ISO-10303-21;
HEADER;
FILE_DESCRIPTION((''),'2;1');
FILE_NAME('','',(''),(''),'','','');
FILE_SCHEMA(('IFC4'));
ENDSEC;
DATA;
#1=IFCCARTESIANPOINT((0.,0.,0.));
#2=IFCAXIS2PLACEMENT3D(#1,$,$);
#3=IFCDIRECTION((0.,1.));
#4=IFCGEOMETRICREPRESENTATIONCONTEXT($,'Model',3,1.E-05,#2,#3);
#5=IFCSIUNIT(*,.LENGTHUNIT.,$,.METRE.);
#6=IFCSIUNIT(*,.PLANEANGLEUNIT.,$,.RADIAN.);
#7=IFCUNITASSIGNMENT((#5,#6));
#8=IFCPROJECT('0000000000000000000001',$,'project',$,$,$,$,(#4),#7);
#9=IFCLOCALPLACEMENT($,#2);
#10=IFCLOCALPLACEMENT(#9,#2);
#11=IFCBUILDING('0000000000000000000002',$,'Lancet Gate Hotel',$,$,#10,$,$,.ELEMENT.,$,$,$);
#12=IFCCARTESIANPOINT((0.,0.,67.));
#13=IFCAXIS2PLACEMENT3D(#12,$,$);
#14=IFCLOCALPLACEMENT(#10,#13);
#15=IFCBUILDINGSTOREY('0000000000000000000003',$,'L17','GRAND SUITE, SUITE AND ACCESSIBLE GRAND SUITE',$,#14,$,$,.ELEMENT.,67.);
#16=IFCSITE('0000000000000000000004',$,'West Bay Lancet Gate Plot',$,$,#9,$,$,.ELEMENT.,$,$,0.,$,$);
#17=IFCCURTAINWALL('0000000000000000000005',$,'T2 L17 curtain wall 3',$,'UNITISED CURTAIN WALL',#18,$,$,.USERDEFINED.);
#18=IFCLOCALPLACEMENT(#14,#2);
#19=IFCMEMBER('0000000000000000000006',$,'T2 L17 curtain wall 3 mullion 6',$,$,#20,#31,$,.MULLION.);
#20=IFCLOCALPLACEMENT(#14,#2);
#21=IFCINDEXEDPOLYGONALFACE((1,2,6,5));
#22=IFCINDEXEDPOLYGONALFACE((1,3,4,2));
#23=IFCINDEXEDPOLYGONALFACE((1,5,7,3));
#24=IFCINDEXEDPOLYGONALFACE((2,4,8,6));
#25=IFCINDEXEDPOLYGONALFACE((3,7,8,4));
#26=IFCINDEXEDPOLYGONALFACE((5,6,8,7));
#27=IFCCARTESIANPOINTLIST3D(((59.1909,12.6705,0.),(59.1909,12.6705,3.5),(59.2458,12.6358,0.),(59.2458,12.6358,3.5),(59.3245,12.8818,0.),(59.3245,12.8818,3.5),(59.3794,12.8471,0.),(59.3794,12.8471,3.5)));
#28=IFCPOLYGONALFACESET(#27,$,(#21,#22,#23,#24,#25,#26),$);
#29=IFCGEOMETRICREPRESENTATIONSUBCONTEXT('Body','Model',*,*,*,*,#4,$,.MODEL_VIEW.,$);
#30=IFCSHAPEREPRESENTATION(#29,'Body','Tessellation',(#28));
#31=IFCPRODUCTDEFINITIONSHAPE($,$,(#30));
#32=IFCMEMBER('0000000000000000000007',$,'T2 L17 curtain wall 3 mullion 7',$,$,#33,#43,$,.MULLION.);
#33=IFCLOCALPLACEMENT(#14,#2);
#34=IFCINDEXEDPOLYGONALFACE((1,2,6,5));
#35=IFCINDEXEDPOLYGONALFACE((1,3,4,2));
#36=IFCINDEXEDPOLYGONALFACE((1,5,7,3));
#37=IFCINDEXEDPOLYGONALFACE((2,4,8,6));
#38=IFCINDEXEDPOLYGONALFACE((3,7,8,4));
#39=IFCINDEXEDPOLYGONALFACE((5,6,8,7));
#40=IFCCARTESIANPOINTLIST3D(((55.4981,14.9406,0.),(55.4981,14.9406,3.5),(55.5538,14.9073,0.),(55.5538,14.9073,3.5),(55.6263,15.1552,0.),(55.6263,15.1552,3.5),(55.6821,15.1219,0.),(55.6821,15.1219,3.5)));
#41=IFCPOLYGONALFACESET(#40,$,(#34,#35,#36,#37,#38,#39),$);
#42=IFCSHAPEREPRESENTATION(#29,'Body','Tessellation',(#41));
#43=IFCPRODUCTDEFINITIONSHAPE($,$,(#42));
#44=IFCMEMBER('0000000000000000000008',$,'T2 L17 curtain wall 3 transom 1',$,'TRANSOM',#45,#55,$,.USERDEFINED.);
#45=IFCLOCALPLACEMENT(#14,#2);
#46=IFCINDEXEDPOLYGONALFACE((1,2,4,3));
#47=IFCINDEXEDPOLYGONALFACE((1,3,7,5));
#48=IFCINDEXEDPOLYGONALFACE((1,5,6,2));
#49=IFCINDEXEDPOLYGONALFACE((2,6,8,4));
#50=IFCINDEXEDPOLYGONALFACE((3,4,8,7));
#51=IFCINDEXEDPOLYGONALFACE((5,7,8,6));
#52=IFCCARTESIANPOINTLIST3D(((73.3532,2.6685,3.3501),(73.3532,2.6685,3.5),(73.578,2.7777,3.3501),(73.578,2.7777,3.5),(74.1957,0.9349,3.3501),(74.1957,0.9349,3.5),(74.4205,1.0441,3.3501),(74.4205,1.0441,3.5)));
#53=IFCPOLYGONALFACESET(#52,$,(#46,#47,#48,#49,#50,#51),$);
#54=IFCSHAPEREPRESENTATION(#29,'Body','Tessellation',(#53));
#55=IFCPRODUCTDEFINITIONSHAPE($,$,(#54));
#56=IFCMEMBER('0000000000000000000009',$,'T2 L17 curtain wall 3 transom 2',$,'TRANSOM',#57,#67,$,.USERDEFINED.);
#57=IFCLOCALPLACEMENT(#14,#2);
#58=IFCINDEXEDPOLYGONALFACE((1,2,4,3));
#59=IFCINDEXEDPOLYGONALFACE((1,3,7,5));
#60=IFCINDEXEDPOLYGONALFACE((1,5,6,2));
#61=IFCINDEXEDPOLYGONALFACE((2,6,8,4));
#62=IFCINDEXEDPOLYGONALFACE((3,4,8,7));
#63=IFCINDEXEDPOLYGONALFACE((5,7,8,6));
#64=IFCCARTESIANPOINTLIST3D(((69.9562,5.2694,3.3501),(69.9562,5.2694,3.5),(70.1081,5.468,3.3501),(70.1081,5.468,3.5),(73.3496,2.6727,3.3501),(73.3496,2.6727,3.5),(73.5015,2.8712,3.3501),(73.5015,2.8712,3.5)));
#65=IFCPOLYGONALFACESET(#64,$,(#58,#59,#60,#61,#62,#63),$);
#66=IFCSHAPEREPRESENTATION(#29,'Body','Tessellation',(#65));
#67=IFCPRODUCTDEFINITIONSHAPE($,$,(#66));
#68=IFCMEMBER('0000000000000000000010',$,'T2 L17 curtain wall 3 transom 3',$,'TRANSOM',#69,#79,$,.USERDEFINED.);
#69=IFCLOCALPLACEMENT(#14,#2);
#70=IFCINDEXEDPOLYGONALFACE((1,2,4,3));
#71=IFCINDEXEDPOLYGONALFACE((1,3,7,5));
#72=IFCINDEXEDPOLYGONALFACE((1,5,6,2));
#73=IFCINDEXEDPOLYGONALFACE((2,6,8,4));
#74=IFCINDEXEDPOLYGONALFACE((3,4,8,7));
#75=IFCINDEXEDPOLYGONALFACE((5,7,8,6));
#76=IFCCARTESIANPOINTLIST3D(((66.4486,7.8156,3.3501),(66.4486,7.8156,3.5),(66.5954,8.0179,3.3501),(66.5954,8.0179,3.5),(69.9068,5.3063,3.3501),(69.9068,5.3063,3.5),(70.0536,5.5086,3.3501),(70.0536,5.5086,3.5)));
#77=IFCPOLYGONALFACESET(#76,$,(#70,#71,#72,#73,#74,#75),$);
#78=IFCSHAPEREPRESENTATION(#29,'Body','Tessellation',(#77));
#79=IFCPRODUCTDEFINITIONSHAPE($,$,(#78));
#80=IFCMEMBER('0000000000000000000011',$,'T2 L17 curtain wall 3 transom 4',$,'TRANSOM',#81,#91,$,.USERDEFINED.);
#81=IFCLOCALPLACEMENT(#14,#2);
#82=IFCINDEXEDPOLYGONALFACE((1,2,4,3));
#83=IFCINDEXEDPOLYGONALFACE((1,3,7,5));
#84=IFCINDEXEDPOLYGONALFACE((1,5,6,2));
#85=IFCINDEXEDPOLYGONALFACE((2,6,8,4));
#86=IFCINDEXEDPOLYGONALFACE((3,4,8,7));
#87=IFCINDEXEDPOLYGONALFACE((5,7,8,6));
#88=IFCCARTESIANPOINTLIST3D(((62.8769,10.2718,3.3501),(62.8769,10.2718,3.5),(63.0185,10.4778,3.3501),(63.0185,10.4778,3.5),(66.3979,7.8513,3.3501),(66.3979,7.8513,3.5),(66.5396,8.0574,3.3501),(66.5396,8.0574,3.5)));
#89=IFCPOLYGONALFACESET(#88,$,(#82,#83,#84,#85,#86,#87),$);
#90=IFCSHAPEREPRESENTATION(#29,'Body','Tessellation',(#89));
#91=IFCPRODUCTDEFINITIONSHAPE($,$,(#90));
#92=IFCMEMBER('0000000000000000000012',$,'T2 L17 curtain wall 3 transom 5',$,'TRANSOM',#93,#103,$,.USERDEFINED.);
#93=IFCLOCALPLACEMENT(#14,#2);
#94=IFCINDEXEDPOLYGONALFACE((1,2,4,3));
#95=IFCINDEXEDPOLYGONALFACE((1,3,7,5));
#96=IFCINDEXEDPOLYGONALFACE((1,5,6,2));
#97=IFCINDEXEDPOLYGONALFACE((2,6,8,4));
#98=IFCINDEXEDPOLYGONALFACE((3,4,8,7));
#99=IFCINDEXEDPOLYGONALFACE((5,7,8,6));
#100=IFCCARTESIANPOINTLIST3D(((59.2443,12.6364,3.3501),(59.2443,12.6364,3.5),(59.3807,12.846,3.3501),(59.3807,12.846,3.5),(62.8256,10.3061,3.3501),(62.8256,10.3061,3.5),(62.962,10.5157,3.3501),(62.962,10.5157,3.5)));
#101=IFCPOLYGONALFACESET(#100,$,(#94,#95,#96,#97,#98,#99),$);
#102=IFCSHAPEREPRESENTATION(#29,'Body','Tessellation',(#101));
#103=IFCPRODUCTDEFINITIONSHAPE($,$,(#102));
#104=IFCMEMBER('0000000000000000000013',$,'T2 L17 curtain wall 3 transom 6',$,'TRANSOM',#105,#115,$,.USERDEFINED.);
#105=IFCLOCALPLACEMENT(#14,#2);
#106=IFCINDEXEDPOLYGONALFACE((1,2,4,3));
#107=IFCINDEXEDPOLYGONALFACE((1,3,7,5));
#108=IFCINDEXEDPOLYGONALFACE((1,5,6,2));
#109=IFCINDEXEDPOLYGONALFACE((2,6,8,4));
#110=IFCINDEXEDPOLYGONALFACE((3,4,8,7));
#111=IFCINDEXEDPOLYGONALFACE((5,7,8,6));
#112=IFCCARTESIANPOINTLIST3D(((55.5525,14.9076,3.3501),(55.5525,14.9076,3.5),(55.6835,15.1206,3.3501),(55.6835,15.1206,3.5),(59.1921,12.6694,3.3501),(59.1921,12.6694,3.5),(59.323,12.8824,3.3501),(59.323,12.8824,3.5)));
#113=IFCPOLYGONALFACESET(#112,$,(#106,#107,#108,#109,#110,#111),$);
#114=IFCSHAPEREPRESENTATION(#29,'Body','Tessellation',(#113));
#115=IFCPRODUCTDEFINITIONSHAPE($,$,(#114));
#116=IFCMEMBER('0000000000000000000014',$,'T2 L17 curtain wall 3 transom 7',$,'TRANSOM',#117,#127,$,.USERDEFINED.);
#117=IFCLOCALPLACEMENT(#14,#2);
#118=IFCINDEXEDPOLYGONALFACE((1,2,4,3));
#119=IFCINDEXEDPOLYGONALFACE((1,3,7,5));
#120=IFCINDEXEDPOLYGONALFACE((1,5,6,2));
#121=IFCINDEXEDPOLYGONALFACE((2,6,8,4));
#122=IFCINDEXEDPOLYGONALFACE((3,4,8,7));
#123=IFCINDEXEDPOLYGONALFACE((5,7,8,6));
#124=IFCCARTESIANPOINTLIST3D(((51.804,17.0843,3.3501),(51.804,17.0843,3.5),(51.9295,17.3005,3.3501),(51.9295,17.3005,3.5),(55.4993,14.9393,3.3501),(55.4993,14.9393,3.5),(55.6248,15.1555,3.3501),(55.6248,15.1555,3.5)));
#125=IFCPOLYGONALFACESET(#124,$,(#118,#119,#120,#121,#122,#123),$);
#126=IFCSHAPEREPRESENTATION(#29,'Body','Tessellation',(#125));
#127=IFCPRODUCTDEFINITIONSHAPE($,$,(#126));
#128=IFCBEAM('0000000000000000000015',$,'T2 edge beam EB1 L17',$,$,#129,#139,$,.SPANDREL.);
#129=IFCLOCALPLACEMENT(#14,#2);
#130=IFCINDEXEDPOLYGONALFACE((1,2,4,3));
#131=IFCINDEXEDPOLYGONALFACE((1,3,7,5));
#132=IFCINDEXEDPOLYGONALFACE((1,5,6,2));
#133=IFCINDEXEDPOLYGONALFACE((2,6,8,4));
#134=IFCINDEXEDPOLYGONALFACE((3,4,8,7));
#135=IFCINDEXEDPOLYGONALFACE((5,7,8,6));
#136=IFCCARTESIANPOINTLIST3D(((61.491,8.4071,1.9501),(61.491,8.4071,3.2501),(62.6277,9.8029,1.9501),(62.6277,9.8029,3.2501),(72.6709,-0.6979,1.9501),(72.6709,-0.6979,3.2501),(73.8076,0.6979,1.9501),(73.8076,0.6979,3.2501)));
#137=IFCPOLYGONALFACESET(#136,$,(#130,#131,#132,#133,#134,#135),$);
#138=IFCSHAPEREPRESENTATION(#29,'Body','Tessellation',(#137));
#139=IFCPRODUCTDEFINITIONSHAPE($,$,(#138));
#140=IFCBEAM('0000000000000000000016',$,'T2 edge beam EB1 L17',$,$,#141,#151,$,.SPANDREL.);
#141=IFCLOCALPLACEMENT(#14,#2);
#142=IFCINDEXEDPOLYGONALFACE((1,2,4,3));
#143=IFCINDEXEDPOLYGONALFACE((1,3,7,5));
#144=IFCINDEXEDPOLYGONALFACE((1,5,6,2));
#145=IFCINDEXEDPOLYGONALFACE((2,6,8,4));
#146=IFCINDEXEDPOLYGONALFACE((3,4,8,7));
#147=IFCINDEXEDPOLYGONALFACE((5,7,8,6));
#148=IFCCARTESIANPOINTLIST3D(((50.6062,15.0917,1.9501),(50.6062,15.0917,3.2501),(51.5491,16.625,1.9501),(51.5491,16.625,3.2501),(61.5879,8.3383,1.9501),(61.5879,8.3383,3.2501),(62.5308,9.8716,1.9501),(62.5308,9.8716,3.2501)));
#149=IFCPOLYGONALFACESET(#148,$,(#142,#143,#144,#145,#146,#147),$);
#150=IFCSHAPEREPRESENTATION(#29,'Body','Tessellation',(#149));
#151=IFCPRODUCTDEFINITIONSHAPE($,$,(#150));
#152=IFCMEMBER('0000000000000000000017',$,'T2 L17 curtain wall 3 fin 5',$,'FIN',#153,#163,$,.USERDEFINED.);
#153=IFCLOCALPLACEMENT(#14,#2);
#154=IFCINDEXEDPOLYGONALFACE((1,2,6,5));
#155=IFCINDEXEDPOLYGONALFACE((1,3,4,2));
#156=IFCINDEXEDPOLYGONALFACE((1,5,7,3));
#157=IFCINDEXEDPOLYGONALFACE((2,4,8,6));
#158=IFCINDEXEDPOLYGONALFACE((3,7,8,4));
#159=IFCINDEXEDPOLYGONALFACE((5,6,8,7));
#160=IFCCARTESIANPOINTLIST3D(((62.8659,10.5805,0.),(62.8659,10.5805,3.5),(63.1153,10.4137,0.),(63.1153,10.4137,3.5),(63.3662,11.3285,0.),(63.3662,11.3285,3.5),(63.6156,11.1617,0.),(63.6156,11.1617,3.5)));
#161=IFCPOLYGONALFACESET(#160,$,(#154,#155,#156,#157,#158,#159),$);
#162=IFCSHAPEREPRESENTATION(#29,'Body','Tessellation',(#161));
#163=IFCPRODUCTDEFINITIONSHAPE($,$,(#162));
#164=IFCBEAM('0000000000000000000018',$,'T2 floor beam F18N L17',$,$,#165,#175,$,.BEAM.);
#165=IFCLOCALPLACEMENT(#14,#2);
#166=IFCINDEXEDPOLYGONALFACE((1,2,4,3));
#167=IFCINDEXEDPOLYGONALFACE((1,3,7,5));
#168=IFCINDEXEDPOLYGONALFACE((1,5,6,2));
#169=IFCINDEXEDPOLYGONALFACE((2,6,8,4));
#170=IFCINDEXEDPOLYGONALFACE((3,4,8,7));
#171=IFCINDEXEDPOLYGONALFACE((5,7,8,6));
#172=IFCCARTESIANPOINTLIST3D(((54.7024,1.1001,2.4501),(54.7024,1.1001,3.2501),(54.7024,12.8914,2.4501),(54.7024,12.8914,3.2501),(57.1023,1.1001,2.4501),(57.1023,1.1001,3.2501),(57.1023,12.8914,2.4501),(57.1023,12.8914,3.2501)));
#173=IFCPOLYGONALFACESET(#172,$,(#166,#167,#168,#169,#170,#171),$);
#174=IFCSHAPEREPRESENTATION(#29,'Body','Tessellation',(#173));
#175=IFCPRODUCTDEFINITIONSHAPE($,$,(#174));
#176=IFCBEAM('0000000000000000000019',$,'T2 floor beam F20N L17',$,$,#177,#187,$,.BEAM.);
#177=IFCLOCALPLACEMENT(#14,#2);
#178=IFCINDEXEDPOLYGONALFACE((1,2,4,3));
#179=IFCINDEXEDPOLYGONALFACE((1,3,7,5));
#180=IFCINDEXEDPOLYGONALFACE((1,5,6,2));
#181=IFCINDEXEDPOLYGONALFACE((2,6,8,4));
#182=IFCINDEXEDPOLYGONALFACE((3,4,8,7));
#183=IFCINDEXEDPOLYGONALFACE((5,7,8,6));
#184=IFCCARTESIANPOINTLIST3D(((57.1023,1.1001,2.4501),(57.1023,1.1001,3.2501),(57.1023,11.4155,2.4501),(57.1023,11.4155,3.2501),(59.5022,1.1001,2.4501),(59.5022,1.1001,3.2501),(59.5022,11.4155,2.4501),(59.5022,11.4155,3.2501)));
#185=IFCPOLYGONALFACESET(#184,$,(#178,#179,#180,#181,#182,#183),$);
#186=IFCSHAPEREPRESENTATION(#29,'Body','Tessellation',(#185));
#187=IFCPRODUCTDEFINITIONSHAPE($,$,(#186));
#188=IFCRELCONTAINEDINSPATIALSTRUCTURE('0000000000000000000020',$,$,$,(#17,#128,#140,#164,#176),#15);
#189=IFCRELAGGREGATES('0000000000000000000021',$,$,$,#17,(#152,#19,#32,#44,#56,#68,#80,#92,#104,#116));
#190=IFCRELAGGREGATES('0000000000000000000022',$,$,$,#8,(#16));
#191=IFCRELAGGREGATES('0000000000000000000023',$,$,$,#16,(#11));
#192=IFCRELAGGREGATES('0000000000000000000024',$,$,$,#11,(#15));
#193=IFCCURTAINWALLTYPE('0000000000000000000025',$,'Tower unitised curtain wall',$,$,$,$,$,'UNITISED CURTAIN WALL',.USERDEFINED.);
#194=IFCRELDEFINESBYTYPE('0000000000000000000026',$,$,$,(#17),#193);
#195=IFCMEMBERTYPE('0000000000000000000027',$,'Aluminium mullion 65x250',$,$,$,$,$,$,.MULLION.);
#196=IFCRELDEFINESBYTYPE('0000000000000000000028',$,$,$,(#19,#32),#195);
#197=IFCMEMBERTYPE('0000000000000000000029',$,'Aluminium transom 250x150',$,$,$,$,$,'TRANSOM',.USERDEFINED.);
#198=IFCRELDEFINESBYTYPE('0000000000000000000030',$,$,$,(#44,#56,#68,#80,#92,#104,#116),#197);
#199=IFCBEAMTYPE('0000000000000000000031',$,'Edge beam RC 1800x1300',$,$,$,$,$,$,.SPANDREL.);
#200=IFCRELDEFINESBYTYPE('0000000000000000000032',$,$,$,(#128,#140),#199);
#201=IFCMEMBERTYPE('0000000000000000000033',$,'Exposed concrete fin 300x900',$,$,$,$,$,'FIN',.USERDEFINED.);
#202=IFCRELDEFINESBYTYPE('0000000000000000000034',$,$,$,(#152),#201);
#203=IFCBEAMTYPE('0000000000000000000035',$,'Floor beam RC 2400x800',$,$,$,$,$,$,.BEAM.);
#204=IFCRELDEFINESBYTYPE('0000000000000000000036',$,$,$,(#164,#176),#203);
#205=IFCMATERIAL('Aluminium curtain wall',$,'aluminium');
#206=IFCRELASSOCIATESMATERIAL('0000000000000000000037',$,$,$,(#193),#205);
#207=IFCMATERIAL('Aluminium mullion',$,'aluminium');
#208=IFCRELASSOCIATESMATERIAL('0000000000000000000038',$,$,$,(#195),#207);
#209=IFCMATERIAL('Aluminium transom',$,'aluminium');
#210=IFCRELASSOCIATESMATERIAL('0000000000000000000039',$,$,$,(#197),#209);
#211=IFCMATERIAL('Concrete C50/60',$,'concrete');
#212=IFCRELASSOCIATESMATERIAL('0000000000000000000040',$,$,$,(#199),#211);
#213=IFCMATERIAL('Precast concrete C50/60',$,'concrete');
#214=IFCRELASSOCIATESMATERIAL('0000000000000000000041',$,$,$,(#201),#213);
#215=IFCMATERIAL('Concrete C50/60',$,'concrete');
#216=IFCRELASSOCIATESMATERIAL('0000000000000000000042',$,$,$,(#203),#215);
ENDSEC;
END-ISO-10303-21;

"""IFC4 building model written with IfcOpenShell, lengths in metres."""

from ifc_helpers import new_model, si_unit, direction, frame, origin, origin_2d, place, context, subcontext, project, spatial, rectangle, extrude, material, material_profile, profile_set, type_object, element, aggregate, save


model = new_model("IFC4")

# Units and contexts
model_context = context("Model", 3, precision=1e-05, world=origin(), true_north=direction((0.0, 1.0)))
body_context = subcontext(model_context, "Body", "Model", "MODEL_VIEW")
ifc_project = project(units=[si_unit("LENGTHUNIT", "METRE"), si_unit("PLANEANGLEUNIT", "RADIAN")], contexts=[model_context])

# Site, building, storey
site_placement = place(None, origin())
site = spatial("IfcSite", under=ifc_project, at=site_placement, Name="West Bay Lancet Gate Plot", CompositionType="ELEMENT", RefElevation=0.0)
building_placement = place(site_placement, origin())
building = spatial("IfcBuilding", under=site, at=building_placement, Name="Lancet Gate Hotel", CompositionType="ELEMENT")
storey_placement = place(building_placement, frame((0.0, 0.0, 67.0)))
storey = spatial("IfcBuildingStorey", under=building, at=storey_placement, Name="L17", Description="GRAND SUITE, SUITE AND ACCESSIBLE GRAND SUITE", CompositionType="ELEMENT", Elevation=67.0)

# Curtain wall, members
ifc_material_1 = material(Name="Aluminium curtain wall", Category="aluminium")
curtain_wall_type = type_object("IfcCurtainWallType", Name="Tower unitised curtain wall", ElementType="UNITISED CURTAIN WALL", PredefinedType="USERDEFINED", material=ifc_material_1)
curtain_wall_placement = place(storey_placement, origin())
curtain_wall = element("IfcCurtainWall", 1, at=curtain_wall_placement, inside=storey, type_object=curtain_wall_type, Name="T2 L17 curtain wall 3", ObjectType="UNITISED CURTAIN WALL", PredefinedType="USERDEFINED")
ifc_material_2 = material(Name="Aluminium mullion", Category="aluminium")
ifc_material_profile_1 = material_profile(ifc_material_2, rectangle(XDim=0.0649, YDim=0.25, at=origin_2d()), Name="MULLION 65x250")
ifc_profile_set_1 = profile_set([ifc_material_profile_1], Name="Aluminium mullion")
member_type_1 = type_object("IfcMemberType", Name="Aluminium mullion 65x250", PredefinedType="MULLION", material=ifc_profile_set_1)
member_1_placement = place(storey_placement, frame((59.2852, 12.7588, 0.0), z_axis=(0.0, 0.0, 1.0), x_axis=(-0.845079, 0.534641, 0.0)))
member_1 = element("IfcMember", 2, at=member_1_placement, type_object=member_type_1, Name="T2 L17 curtain wall 3 mullion 6", PredefinedType="MULLION", context=body_context, shape_type="SweptSolid", body=[
    extrude(rectangle(XDim=0.0649, YDim=0.25, at=origin_2d()), origin(), (0.0, 0.0, 1.0), 3.5),
])
member_2_placement = place(storey_placement, frame((55.5901, 15.0312, 0.0), z_axis=(0.0, 0.0, 1.0), x_axis=(-0.858413, 0.512959, 0.0)))
member_2 = element("IfcMember", 3, at=member_2_placement, type_object=member_type_1, Name="T2 L17 curtain wall 3 mullion 7", PredefinedType="MULLION", context=body_context, shape_type="SweptSolid", body=[
    extrude(rectangle(XDim=0.0649, YDim=0.25, at=origin_2d()), origin(), (0.0, 0.0, 1.0), 3.5),
])
ifc_material_3 = material(Name="Aluminium transom", Category="aluminium")
ifc_material_profile_2 = material_profile(ifc_material_3, rectangle(XDim=0.25, YDim=0.1499, at=origin_2d()), Name="TRANSOM 250x150")
ifc_profile_set_2 = profile_set([ifc_material_profile_2], Name="Aluminium transom")
member_type_2 = type_object("IfcMemberType", Name="Aluminium transom 250x150", ElementType="TRANSOM", PredefinedType="USERDEFINED", material=ifc_profile_set_2)
member_3_placement = place(storey_placement, frame((74.3081, 0.9895, 3.425), z_axis=(-0.437103, 0.899411, 0.0), x_axis=(-0.899411, -0.437103, 0.0)))
member_3 = element("IfcMember", 4, at=member_3_placement, type_object=member_type_2, Name="T2 L17 curtain wall 3 transom 1", ObjectType="TRANSOM", PredefinedType="USERDEFINED", context=body_context, shape_type="SweptSolid", body=[
    extrude(rectangle(XDim=0.25, YDim=0.1499, at=origin_2d()), origin(), (0.0, 0.0, 1.0), 1.9275),
])
member_4_placement = place(storey_placement, frame((73.4255, 2.772, 3.425), z_axis=(-0.794155, 0.607715, 0.0), x_axis=(-0.607715, -0.794155, 0.0)))
member_4 = element("IfcMember", 5, at=member_4_placement, type_object=member_type_2, Name="T2 L17 curtain wall 3 transom 2", ObjectType="TRANSOM", PredefinedType="USERDEFINED", context=body_context, shape_type="SweptSolid", body=[
    extrude(rectangle(XDim=0.25, YDim=0.1499, at=origin_2d()), origin(), (0.0, 0.0, 1.0), 4.2729),
])
member_5_placement = place(storey_placement, frame((69.9802, 5.4075, 3.425), z_axis=(-0.809383, 0.587281, 0.0), x_axis=(-0.587281, -0.809383, 0.0)))
member_5 = element("IfcMember", 6, at=member_5_placement, type_object=member_type_2, Name="T2 L17 curtain wall 3 transom 3", ObjectType="TRANSOM", PredefinedType="USERDEFINED", context=body_context, shape_type="SweptSolid", body=[
    extrude(rectangle(XDim=0.25, YDim=0.1499, at=origin_2d()), origin(), (0.0, 0.0, 1.0), 4.2727),
])
member_6_placement = place(storey_placement, frame((66.4688, 7.9543, 3.425), z_axis=(-0.824072, 0.566485, 0.0), x_axis=(-0.566485, -0.824072, 0.0)))
member_6 = element("IfcMember", 7, at=member_6_placement, type_object=member_type_2, Name="T2 L17 curtain wall 3 transom 4", ObjectType="TRANSOM", PredefinedType="USERDEFINED", context=body_context, shape_type="SweptSolid", body=[
    extrude(rectangle(XDim=0.25, YDim=0.1499, at=origin_2d()), origin(), (0.0, 0.0, 1.0), 4.2727),
])
member_7_placement = place(storey_placement, frame((62.8938, 10.4109, 3.425), z_axis=(-0.838179, 0.545396, 0.0), x_axis=(-0.545396, -0.838179, 0.0)))
member_7 = element("IfcMember", 8, at=member_7_placement, type_object=member_type_2, Name="T2 L17 curtain wall 3 transom 5", ObjectType="TRANSOM", PredefinedType="USERDEFINED", context=body_context, shape_type="SweptSolid", body=[
    extrude(rectangle(XDim=0.25, YDim=0.1499, at=origin_2d()), origin(), (0.0, 0.0, 1.0), 4.2727),
])
member_8_placement = place(storey_placement, frame((59.2576, 12.7759, 3.425), z_axis=(-0.851815, 0.523842, 0.0), x_axis=(-0.523842, -0.851815, 0.0)))
member_8 = element("IfcMember", 9, at=member_8_placement, type_object=member_type_2, Name="T2 L17 curtain wall 3 transom 6", ObjectType="TRANSOM", PredefinedType="USERDEFINED", context=body_context, shape_type="SweptSolid", body=[
    extrude(rectangle(XDim=0.25, YDim=0.1499, at=origin_2d()), origin(), (0.0, 0.0, 1.0), 4.2727),
])
member_9_placement = place(storey_placement, frame((55.562, 15.0474, 3.425), z_axis=(-0.864855, 0.502022, 0.0), x_axis=(-0.502022, -0.864855, 0.0)))
member_9 = element("IfcMember", 10, at=member_9_placement, type_object=member_type_2, Name="T2 L17 curtain wall 3 transom 7", ObjectType="TRANSOM", PredefinedType="USERDEFINED", context=body_context, shape_type="SweptSolid", body=[
    extrude(rectangle(XDim=0.25, YDim=0.1499, at=origin_2d()), origin(), (0.0, 0.0, 1.0), 4.2727),
])

# Beams
ifc_material_4 = material(Name="Concrete C50/60", Category="concrete")
ifc_material_profile_3 = material_profile(ifc_material_4, rectangle(XDim=1.8, YDim=1.3, at=origin_2d()), Name="RC 1800x1300")
ifc_profile_set_3 = profile_set([ifc_material_profile_3], Name="Concrete C50/60")
beam_type_1 = type_object("IfcBeamType", Name="Edge beam RC 1800x1300", PredefinedType="SPANDREL", material=ifc_profile_set_3)
beam_1_placement = place(storey_placement, frame((73.2393, 0.0, 2.6001), z_axis=(-0.775391, 0.631481, 0.0), x_axis=(-0.631481, -0.775391, 0.0)))
element("IfcBeam", 11, at=beam_1_placement, inside=storey, type_object=beam_type_1, Name="T2 edge beam EB1 L17", PredefinedType="SPANDREL", context=body_context, shape_type="SweptSolid", body=[
    extrude(rectangle(XDim=1.8, YDim=1.3, at=origin_2d()), origin(), (0.0, 0.0, 1.0), 14.4185),
])
beam_2_placement = place(storey_placement, frame((62.0593, 9.105, 2.6001), z_axis=(-0.851816, 0.523842, 0.0), x_axis=(-0.523842, -0.851816, 0.0)))
element("IfcBeam", 12, at=beam_2_placement, inside=storey, type_object=beam_type_1, Name="T2 edge beam EB1 L17", PredefinedType="SPANDREL", context=body_context, shape_type="SweptSolid", body=[
    extrude(rectangle(XDim=1.8, YDim=1.3, at=origin_2d()), origin(), (0.0, 0.0, 1.0), 12.8921),
])

# Member
ifc_material_5 = material(Name="Precast concrete C50/60", Category="concrete")
ifc_material_profile_4 = material_profile(ifc_material_5, rectangle(XDim=0.3, YDim=0.8999, at=origin_2d()), Name="FIN 300x900")
ifc_profile_set_4 = profile_set([ifc_material_profile_4], Name="Precast concrete C50/60")
member_type_3 = type_object("IfcMemberType", Name="Exposed concrete fin 300x900", ElementType="FIN", PredefinedType="USERDEFINED", material=ifc_profile_set_4)
member_10_placement = place(storey_placement, frame((63.2407, 10.8711, 0.0), z_axis=(0.0, 0.0, 1.0), x_axis=(-0.831198, 0.555976, 0.0)))
member_10 = element("IfcMember", 13, at=member_10_placement, type_object=member_type_3, Name="T2 L17 curtain wall 3 fin 5", ObjectType="FIN", PredefinedType="USERDEFINED", context=body_context, shape_type="SweptSolid", body=[
    extrude(rectangle(XDim=0.3, YDim=0.8999, at=origin_2d()), origin(), (0.0, 0.0, 1.0), 3.5),
])

# Beams
ifc_material_6 = material(Name="Concrete C50/60", Category="concrete")
ifc_material_profile_5 = material_profile(ifc_material_6, rectangle(XDim=2.3999, YDim=0.8, at=origin_2d()), Name="RC 2400x800")
ifc_profile_set_5 = profile_set([ifc_material_profile_5], Name="Concrete C50/60")
beam_type_2 = type_object("IfcBeamType", Name="Floor beam RC 2400x800", PredefinedType="BEAM", material=ifc_profile_set_5)
beam_3_placement = place(storey_placement, frame((55.9023, 1.1001, 2.8501), z_axis=(0.0, 1.0, 0.0), x_axis=(-1.0, 0.0, 0.0)))
element("IfcBeam", 14, at=beam_3_placement, inside=storey, type_object=beam_type_2, Name="T2 floor beam F18N L17", PredefinedType="BEAM", context=body_context, shape_type="SweptSolid", body=[
    extrude(rectangle(XDim=2.3999, YDim=0.8, at=origin_2d()), origin(), (0.0, 0.0, 1.0), 11.7913),
])
beam_4_placement = place(storey_placement, frame((58.3022, 1.1001, 2.8501), z_axis=(0.0, 1.0, 0.0), x_axis=(-1.0, 0.0, 0.0)))
element("IfcBeam", 15, at=beam_4_placement, inside=storey, type_object=beam_type_2, Name="T2 floor beam F20N L17", PredefinedType="BEAM", context=body_context, shape_type="SweptSolid", body=[
    extrude(rectangle(XDim=2.3999, YDim=0.8, at=origin_2d()), origin(), (0.0, 0.0, 1.0), 10.3154),
])

aggregate(curtain_wall, [member_10, member_1, member_2, member_3, member_4, member_5, member_6, member_7, member_8, member_9])

save(model, "model.ifc")
